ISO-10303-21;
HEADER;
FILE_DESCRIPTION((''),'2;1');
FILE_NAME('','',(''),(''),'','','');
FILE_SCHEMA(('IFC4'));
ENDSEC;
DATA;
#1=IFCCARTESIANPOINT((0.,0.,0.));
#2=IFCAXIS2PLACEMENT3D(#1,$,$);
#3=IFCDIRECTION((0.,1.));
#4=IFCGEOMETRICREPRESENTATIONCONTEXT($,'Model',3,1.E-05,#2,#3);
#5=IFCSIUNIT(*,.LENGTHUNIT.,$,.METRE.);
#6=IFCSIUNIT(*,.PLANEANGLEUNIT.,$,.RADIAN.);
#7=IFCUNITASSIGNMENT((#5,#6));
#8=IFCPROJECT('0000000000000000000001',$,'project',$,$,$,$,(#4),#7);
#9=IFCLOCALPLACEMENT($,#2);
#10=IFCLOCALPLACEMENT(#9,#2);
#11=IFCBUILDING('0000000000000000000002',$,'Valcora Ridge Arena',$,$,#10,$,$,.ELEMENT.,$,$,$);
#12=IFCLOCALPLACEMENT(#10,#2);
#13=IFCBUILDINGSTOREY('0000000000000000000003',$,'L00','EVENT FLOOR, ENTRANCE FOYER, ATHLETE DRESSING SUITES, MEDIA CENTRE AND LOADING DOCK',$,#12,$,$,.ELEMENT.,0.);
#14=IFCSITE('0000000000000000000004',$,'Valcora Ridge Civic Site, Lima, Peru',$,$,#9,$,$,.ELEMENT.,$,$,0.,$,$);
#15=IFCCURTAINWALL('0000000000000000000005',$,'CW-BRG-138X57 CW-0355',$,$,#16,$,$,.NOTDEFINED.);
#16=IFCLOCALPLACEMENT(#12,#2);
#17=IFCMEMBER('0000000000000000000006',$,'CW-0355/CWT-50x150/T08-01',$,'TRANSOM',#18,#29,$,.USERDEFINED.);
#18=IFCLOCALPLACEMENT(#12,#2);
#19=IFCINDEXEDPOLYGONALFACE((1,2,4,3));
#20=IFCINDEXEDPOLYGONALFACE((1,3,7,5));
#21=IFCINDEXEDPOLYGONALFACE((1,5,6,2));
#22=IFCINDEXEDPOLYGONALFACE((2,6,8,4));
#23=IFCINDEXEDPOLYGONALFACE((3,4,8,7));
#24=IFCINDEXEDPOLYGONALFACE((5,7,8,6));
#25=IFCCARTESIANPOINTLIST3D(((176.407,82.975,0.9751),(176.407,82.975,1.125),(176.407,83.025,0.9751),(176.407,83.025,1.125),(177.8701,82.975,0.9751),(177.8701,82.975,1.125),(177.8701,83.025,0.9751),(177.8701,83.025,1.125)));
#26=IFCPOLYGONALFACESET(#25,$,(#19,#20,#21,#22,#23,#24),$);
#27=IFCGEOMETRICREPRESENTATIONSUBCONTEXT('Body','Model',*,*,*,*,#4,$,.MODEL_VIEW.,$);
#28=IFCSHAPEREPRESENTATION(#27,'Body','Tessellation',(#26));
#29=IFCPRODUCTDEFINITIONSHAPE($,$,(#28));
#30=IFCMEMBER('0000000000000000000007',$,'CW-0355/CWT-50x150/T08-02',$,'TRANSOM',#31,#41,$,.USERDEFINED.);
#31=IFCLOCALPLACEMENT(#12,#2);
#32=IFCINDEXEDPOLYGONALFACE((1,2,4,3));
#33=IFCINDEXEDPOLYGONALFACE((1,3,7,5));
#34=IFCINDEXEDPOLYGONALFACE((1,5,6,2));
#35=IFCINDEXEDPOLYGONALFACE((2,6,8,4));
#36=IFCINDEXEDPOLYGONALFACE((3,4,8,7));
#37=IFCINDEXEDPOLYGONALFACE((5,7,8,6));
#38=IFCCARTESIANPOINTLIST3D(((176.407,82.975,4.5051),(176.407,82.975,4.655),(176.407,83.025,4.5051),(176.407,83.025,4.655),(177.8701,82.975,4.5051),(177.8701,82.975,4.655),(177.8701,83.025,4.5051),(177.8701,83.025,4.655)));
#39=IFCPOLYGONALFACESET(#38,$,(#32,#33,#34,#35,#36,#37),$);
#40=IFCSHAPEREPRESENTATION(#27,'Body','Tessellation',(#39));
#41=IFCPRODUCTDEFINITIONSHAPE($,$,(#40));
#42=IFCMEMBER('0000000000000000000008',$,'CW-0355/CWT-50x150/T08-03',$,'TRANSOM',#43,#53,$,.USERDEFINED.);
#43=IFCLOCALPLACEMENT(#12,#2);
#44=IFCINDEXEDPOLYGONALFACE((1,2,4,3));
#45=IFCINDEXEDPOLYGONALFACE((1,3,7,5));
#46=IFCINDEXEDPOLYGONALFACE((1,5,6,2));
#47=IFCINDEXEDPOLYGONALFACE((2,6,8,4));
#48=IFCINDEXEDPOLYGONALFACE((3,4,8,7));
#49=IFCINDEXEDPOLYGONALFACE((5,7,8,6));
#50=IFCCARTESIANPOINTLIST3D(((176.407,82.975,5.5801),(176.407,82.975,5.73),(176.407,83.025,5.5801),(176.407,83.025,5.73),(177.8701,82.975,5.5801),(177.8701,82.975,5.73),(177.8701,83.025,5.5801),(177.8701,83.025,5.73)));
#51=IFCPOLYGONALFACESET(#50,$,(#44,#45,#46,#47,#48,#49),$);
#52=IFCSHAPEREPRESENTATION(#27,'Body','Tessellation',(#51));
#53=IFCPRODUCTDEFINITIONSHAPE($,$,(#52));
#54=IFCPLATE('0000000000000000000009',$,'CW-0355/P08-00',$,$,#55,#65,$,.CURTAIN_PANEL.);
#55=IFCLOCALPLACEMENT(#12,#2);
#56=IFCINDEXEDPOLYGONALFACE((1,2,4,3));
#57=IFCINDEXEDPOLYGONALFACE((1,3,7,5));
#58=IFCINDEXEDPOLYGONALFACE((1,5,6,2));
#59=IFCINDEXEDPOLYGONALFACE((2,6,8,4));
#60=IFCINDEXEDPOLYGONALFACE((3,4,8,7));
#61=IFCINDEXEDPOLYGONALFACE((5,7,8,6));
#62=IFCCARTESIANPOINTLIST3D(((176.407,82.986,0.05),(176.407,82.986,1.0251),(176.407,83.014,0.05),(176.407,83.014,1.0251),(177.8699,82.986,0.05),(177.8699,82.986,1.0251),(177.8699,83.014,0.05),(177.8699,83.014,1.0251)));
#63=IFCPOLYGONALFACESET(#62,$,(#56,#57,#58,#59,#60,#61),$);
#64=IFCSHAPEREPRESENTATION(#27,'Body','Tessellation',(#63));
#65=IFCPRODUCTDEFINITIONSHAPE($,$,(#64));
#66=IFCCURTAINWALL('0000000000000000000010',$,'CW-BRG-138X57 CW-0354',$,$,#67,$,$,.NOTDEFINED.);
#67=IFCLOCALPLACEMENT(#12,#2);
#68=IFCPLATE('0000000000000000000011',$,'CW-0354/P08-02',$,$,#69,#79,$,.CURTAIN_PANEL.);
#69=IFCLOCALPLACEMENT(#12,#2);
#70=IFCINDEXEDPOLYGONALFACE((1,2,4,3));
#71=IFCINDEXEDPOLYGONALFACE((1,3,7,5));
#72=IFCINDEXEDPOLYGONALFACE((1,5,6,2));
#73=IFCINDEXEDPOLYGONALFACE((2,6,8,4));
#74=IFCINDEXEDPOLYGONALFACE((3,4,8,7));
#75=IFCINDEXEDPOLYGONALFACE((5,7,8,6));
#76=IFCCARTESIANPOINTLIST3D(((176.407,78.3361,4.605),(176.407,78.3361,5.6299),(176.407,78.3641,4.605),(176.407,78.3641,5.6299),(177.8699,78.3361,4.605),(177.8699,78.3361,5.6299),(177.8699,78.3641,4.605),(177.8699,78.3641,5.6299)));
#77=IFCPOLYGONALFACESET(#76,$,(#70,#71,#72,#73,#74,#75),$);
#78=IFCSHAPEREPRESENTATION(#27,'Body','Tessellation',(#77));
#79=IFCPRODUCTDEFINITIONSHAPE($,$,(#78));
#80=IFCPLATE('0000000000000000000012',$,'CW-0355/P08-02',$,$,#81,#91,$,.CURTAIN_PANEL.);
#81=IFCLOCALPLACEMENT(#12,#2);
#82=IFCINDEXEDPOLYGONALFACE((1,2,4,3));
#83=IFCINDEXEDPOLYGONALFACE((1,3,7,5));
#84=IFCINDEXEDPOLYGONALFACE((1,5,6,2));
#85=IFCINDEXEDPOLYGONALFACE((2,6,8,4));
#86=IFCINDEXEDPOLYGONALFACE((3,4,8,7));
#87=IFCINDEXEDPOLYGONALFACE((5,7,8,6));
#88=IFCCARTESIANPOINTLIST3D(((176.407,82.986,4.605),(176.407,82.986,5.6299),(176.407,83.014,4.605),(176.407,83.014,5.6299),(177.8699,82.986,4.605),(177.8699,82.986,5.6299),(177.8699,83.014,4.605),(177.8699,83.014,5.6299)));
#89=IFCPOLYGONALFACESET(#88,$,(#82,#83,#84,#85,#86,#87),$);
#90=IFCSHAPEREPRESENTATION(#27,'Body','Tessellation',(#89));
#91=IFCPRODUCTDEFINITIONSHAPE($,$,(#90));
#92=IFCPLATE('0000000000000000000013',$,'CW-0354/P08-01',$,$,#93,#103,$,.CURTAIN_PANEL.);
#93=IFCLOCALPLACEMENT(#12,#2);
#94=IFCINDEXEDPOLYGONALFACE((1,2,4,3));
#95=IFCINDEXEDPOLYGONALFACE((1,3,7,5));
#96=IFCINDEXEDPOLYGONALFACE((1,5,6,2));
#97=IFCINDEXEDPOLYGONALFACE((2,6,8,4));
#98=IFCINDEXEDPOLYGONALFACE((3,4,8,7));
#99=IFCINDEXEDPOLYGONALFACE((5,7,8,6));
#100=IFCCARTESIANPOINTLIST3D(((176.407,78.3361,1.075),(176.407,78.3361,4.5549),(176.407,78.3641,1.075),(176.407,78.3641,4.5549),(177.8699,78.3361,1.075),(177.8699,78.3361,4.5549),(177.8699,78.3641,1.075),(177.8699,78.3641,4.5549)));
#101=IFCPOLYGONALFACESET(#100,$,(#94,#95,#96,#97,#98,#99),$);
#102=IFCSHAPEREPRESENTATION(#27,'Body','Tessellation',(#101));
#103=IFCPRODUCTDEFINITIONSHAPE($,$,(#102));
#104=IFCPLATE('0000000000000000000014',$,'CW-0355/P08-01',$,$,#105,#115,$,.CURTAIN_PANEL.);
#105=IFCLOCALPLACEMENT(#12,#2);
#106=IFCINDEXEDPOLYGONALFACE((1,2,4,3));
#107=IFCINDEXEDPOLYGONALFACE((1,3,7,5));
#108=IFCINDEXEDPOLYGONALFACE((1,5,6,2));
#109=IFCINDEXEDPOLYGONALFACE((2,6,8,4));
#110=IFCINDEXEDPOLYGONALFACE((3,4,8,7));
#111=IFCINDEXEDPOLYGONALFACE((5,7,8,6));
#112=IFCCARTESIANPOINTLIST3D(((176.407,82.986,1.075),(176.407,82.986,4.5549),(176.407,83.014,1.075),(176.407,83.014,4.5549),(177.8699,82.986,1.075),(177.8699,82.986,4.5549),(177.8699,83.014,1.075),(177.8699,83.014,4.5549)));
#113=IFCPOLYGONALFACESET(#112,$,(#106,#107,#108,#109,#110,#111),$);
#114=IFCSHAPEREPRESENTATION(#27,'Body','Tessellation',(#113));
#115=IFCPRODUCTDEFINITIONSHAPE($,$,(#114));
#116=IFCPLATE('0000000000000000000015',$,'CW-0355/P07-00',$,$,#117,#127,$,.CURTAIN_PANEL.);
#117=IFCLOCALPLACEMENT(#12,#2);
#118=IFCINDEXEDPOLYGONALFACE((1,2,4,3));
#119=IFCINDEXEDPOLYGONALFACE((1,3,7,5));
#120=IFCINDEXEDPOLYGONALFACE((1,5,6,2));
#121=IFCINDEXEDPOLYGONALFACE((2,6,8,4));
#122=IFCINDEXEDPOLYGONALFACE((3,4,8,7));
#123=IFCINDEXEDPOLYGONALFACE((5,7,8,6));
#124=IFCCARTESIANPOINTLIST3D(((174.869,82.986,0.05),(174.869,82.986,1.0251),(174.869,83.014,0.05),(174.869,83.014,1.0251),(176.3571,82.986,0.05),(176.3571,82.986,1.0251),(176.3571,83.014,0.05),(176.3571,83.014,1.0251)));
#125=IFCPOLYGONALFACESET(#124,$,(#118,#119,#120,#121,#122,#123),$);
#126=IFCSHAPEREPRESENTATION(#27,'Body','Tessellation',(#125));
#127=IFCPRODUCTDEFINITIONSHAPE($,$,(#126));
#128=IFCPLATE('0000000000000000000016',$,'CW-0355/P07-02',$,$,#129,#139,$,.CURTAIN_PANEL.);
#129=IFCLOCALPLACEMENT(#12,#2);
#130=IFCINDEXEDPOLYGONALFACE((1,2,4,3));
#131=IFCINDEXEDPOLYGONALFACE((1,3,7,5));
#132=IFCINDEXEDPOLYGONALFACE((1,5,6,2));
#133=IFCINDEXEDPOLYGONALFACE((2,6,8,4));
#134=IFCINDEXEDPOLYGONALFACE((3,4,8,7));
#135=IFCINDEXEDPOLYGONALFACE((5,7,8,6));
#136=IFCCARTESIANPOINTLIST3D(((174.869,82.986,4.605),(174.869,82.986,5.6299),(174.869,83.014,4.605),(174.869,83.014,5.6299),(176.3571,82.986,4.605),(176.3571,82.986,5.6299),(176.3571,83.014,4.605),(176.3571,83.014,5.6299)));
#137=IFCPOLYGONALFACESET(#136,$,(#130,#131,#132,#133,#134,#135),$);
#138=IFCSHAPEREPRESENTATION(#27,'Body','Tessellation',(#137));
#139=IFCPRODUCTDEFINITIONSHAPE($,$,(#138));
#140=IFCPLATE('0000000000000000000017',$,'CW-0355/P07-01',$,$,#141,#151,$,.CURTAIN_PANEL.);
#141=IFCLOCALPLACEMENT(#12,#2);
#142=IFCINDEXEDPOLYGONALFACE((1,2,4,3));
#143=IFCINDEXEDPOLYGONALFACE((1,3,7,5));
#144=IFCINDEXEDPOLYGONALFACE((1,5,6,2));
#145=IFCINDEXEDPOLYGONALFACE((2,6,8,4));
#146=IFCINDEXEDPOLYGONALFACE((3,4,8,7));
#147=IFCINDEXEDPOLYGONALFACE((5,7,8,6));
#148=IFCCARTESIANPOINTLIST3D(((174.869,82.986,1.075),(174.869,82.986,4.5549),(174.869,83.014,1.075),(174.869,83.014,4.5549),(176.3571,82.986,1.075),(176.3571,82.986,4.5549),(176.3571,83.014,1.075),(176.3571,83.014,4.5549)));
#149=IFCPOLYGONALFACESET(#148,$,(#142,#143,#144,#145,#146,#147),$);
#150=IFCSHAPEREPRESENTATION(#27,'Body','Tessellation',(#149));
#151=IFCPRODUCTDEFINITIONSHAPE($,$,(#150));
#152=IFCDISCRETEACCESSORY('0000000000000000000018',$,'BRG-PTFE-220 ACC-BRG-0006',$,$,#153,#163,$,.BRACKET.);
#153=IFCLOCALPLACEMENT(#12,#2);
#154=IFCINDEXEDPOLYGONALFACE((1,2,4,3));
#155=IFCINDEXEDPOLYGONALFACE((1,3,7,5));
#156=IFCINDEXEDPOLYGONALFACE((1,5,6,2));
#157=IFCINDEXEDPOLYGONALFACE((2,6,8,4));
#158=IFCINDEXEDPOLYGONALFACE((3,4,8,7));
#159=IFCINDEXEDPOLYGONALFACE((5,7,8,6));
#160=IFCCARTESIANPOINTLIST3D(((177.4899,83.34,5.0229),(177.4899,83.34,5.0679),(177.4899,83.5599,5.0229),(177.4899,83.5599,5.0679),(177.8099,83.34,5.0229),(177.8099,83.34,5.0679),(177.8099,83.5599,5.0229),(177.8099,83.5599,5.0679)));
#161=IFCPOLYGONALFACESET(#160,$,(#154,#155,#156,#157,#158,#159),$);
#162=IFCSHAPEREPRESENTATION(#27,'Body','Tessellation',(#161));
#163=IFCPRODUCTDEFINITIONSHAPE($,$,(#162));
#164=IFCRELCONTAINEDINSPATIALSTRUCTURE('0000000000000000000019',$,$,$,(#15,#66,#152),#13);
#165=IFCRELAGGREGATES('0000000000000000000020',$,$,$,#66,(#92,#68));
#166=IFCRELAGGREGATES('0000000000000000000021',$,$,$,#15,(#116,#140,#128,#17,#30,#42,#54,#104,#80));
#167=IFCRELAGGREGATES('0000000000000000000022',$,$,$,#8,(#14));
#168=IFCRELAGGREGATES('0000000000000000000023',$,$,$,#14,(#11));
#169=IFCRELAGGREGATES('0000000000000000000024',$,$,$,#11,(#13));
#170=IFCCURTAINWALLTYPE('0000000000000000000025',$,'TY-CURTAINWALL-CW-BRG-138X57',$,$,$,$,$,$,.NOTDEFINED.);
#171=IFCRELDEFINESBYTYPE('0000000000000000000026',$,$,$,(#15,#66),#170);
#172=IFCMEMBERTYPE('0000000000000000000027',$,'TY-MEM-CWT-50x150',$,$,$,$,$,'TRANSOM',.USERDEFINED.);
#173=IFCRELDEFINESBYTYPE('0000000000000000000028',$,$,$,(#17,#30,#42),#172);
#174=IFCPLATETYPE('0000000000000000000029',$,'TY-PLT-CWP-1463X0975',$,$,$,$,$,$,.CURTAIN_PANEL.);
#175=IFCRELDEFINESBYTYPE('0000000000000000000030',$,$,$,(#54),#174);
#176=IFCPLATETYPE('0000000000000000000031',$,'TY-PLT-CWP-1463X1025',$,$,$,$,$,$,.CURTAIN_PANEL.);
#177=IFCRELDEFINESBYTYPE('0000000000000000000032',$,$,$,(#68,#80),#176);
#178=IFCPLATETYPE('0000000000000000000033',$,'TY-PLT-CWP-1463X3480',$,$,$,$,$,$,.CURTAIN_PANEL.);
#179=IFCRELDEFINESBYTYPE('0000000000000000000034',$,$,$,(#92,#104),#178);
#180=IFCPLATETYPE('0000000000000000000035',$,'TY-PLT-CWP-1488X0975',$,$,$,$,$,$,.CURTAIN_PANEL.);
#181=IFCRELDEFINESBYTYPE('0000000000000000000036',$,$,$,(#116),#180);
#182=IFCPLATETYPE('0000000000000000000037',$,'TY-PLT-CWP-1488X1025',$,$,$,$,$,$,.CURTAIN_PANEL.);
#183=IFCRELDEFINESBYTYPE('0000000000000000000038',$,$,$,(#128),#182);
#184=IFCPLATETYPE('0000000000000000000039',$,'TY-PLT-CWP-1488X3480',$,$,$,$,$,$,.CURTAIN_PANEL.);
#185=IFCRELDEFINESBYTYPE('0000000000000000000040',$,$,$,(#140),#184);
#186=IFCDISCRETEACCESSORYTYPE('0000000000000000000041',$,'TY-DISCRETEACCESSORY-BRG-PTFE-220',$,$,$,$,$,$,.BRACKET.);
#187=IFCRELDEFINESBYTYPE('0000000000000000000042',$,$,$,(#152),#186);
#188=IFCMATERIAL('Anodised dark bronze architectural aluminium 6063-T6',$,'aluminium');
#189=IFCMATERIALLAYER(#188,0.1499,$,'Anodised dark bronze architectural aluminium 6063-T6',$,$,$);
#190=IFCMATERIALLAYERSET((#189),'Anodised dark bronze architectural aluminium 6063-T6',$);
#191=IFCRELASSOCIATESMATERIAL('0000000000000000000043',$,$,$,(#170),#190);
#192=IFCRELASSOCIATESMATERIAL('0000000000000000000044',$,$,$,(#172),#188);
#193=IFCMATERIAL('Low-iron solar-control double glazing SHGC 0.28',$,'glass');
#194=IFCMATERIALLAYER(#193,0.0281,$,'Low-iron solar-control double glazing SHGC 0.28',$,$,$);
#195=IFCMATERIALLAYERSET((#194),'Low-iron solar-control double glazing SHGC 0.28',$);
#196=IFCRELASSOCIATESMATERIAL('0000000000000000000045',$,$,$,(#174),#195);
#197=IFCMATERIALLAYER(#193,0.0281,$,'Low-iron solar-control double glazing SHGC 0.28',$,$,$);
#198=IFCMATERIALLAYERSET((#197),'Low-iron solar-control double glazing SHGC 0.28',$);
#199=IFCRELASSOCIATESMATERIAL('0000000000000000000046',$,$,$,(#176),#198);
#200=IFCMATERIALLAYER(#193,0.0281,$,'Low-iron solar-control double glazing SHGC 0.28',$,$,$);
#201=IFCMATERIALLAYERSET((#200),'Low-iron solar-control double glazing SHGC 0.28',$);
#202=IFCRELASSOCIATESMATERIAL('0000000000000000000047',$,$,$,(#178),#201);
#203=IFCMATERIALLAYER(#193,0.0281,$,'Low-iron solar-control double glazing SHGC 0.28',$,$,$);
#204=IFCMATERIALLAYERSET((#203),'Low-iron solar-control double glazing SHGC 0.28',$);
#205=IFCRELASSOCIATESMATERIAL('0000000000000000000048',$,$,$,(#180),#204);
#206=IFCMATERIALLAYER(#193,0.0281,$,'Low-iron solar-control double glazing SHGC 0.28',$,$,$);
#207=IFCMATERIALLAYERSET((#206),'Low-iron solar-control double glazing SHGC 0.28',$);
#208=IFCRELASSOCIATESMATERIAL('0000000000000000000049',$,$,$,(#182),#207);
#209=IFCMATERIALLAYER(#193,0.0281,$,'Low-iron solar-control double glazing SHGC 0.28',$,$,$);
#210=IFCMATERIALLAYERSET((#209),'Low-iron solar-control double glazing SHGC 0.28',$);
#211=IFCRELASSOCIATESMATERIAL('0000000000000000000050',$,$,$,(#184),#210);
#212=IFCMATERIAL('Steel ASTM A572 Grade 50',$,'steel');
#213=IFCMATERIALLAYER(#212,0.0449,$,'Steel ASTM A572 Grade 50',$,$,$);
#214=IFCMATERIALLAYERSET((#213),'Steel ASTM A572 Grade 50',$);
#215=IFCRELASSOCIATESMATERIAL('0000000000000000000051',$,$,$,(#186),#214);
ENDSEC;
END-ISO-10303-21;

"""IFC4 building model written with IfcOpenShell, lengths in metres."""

from ifc_helpers import new_model, si_unit, direction, frame, origin, origin_2d, place, context, subcontext, project, spatial, rectangle, extrude, material, layer, layer_set, material_profile, profile_set, type_object, element, aggregate, save


model = new_model("IFC4")

# Units and contexts
model_context = context("Model", 3, precision=1e-05, world=origin(), true_north=direction((0.0, 1.0)))
body_context = subcontext(model_context, "Body", "Model", "MODEL_VIEW")
ifc_project = project(units=[si_unit("LENGTHUNIT", "METRE"), si_unit("PLANEANGLEUNIT", "RADIAN")], contexts=[model_context])

# Site, building, storey
site_placement = place(None, origin())
site = spatial("IfcSite", under=ifc_project, at=site_placement, Name="Valcora Ridge Civic Site, Lima, Peru", CompositionType="ELEMENT", RefElevation=0.0)
building_placement = place(site_placement, origin())
building = spatial("IfcBuilding", under=site, at=building_placement, Name="Valcora Ridge Arena", CompositionType="ELEMENT")
storey_placement = place(building_placement, origin())
storey = spatial("IfcBuildingStorey", under=building, at=storey_placement, Name="L00", Description="EVENT FLOOR, ENTRANCE FOYER, ATHLETE DRESSING SUITES, MEDIA CENTRE AND LOADING DOCK", CompositionType="ELEMENT", Elevation=0.0)

# Shared definitions
ifc_material_1 = material(Name="Steel ASTM A572 Grade 50", Category="steel")

# Curtain wall, members, plate
ifc_material_2 = material(Name="Anodised dark bronze architectural aluminium 6063-T6", Category="aluminium")
ifc_layer_1 = layer(ifc_material_2, 0.1499, Name="Anodised dark bronze architectural aluminium 6063-T6")
ifc_layer_set_1 = layer_set([ifc_layer_1], Name="Anodised dark bronze architectural aluminium 6063-T6")
curtain_wall_type = type_object("IfcCurtainWallType", Name="TY-CURTAINWALL-CW-BRG-138X57", PredefinedType="NOTDEFINED", material=ifc_layer_set_1)
curtain_wall_1_placement = place(storey_placement, origin())
curtain_wall_1 = element("IfcCurtainWall", 1, at=curtain_wall_1_placement, inside=storey, type_object=curtain_wall_type, Name="CW-BRG-138X57 CW-0355", PredefinedType="NOTDEFINED")
ifc_material_profile_1 = material_profile(ifc_material_2, rectangle(XDim=0.05, YDim=0.1499, at=origin_2d()), Name="ALU TRANSOM 50x150")
ifc_profile_set_1 = profile_set([ifc_material_profile_1], Name="Anodised dark bronze architectural aluminium 6063-T6")
member_type_1 = type_object("IfcMemberType", Name="TY-MEM-CWT-50x150", ElementType="TRANSOM", PredefinedType="USERDEFINED", material=ifc_profile_set_1)
member_1_placement = place(storey_placement, frame((176.407, 83.0, 1.05), z_axis=(1.0, 0.0, 0.0), x_axis=(0.0, 1.0, 0.0)))
member_1 = element("IfcMember", 2, at=member_1_placement, type_object=member_type_1, Name="CW-0355/CWT-50x150/T08-01", ObjectType="TRANSOM", PredefinedType="USERDEFINED", context=body_context, shape_type="SweptSolid", body=[
    extrude(rectangle(XDim=0.05, YDim=0.1499, at=origin_2d()), origin(), (0.0, 0.0, 1.0), 1.4631),
])
member_2_placement = place(storey_placement, frame((176.407, 83.0, 4.5801), z_axis=(1.0, 0.0, 0.0), x_axis=(0.0, 1.0, 0.0)))
member_2 = element("IfcMember", 3, at=member_2_placement, type_object=member_type_1, Name="CW-0355/CWT-50x150/T08-02", ObjectType="TRANSOM", PredefinedType="USERDEFINED", context=body_context, shape_type="SweptSolid", body=[
    extrude(rectangle(XDim=0.05, YDim=0.1499, at=origin_2d()), origin(), (0.0, 0.0, 1.0), 1.4631),
])
member_3_placement = place(storey_placement, frame((176.407, 83.0, 5.655), z_axis=(1.0, 0.0, 0.0), x_axis=(0.0, 1.0, 0.0)))
member_3 = element("IfcMember", 4, at=member_3_placement, type_object=member_type_1, Name="CW-0355/CWT-50x150/T08-03", ObjectType="TRANSOM", PredefinedType="USERDEFINED", context=body_context, shape_type="SweptSolid", body=[
    extrude(rectangle(XDim=0.05, YDim=0.1499, at=origin_2d()), origin(), (0.0, 0.0, 1.0), 1.4631),
])
ifc_material_3 = material(Name="Low-iron solar-control double glazing SHGC 0.28", Category="glass")
ifc_layer_2 = layer(ifc_material_3, 0.0281, Name="Low-iron solar-control double glazing SHGC 0.28")
ifc_layer_set_2 = layer_set([ifc_layer_2], Name="Low-iron solar-control double glazing SHGC 0.28")
plate_type_1 = type_object("IfcPlateType", Name="TY-PLT-CWP-1463X0975", PredefinedType="CURTAIN_PANEL", material=ifc_layer_set_2)
plate_1_placement = place(storey_placement, frame((177.1384, 83.0, 0.05), z_axis=(0.0, 0.0, 1.0), x_axis=(1.0, 0.0, 0.0)))
plate_1 = element("IfcPlate", 5, at=plate_1_placement, type_object=plate_type_1, Name="CW-0355/P08-00", PredefinedType="CURTAIN_PANEL", context=body_context, shape_type="SweptSolid", body=[
    extrude(rectangle(XDim=1.4629, YDim=0.0281, at=origin_2d()), origin(), (0.0, 0.0, 1.0), 0.9751),
])

# Curtain wall, plate
curtain_wall_2_placement = place(storey_placement, origin())
curtain_wall_2 = element("IfcCurtainWall", 6, at=curtain_wall_2_placement, inside=storey, type_object=curtain_wall_type, Name="CW-BRG-138X57 CW-0354", PredefinedType="NOTDEFINED")
ifc_layer_3 = layer(ifc_material_3, 0.0281, Name="Low-iron solar-control double glazing SHGC 0.28")
ifc_layer_set_3 = layer_set([ifc_layer_3], Name="Low-iron solar-control double glazing SHGC 0.28")
plate_type_2 = type_object("IfcPlateType", Name="TY-PLT-CWP-1463X1025", PredefinedType="CURTAIN_PANEL", material=ifc_layer_set_3)
plate_2_placement = place(storey_placement, frame((177.1384, 78.3501, 4.605), z_axis=(0.0, 0.0, 1.0), x_axis=(1.0, 0.0, 0.0)))
plate_2 = element("IfcPlate", 7, at=plate_2_placement, type_object=plate_type_2, Name="CW-0354/P08-02", PredefinedType="CURTAIN_PANEL", context=body_context, shape_type="SweptSolid", body=[
    extrude(rectangle(XDim=1.4629, YDim=0.0281, at=origin_2d()), origin(), (0.0, 0.0, 1.0), 1.0249),
])

# Plates
plate_3_placement = place(storey_placement, frame((177.1384, 83.0, 4.605), z_axis=(0.0, 0.0, 1.0), x_axis=(1.0, 0.0, 0.0)))
plate_3 = element("IfcPlate", 8, at=plate_3_placement, type_object=plate_type_2, Name="CW-0355/P08-02", PredefinedType="CURTAIN_PANEL", context=body_context, shape_type="SweptSolid", body=[
    extrude(rectangle(XDim=1.4629, YDim=0.0281, at=origin_2d()), origin(), (0.0, 0.0, 1.0), 1.0249),
])
ifc_layer_4 = layer(ifc_material_3, 0.0281, Name="Low-iron solar-control double glazing SHGC 0.28")
ifc_layer_set_4 = layer_set([ifc_layer_4], Name="Low-iron solar-control double glazing SHGC 0.28")
plate_type_3 = type_object("IfcPlateType", Name="TY-PLT-CWP-1463X3480", PredefinedType="CURTAIN_PANEL", material=ifc_layer_set_4)
plate_4_placement = place(storey_placement, frame((177.1384, 78.3501, 1.075), z_axis=(0.0, 0.0, 1.0), x_axis=(1.0, 0.0, 0.0)))
plate_4 = element("IfcPlate", 9, at=plate_4_placement, type_object=plate_type_3, Name="CW-0354/P08-01", PredefinedType="CURTAIN_PANEL", context=body_context, shape_type="SweptSolid", body=[
    extrude(rectangle(XDim=1.4629, YDim=0.0281, at=origin_2d()), origin(), (0.0, 0.0, 1.0), 3.48),
])
aggregate(curtain_wall_2, [plate_4, plate_2])
plate_5_placement = place(storey_placement, frame((177.1384, 83.0, 1.075), z_axis=(0.0, 0.0, 1.0), x_axis=(1.0, 0.0, 0.0)))
plate_5 = element("IfcPlate", 10, at=plate_5_placement, type_object=plate_type_3, Name="CW-0355/P08-01", PredefinedType="CURTAIN_PANEL", context=body_context, shape_type="SweptSolid", body=[
    extrude(rectangle(XDim=1.4629, YDim=0.0281, at=origin_2d()), origin(), (0.0, 0.0, 1.0), 3.48),
])
ifc_layer_5 = layer(ifc_material_3, 0.0281, Name="Low-iron solar-control double glazing SHGC 0.28")
ifc_layer_set_5 = layer_set([ifc_layer_5], Name="Low-iron solar-control double glazing SHGC 0.28")
plate_type_4 = type_object("IfcPlateType", Name="TY-PLT-CWP-1488X0975", PredefinedType="CURTAIN_PANEL", material=ifc_layer_set_5)
plate_6_placement = place(storey_placement, frame((175.613, 83.0, 0.05), z_axis=(0.0, 0.0, 1.0), x_axis=(1.0, 0.0, 0.0)))
plate_6 = element("IfcPlate", 11, at=plate_6_placement, type_object=plate_type_4, Name="CW-0355/P07-00", PredefinedType="CURTAIN_PANEL", context=body_context, shape_type="SweptSolid", body=[
    extrude(rectangle(XDim=1.488, YDim=0.0281, at=origin_2d()), origin(), (0.0, 0.0, 1.0), 0.9751),
])
ifc_layer_6 = layer(ifc_material_3, 0.0281, Name="Low-iron solar-control double glazing SHGC 0.28")
ifc_layer_set_6 = layer_set([ifc_layer_6], Name="Low-iron solar-control double glazing SHGC 0.28")
plate_type_5 = type_object("IfcPlateType", Name="TY-PLT-CWP-1488X1025", PredefinedType="CURTAIN_PANEL", material=ifc_layer_set_6)
plate_7_placement = place(storey_placement, frame((175.613, 83.0, 4.605), z_axis=(0.0, 0.0, 1.0), x_axis=(1.0, 0.0, 0.0)))
plate_7 = element("IfcPlate", 12, at=plate_7_placement, type_object=plate_type_5, Name="CW-0355/P07-02", PredefinedType="CURTAIN_PANEL", context=body_context, shape_type="SweptSolid", body=[
    extrude(rectangle(XDim=1.488, YDim=0.0281, at=origin_2d()), origin(), (0.0, 0.0, 1.0), 1.0249),
])
ifc_layer_7 = layer(ifc_material_3, 0.0281, Name="Low-iron solar-control double glazing SHGC 0.28")
ifc_layer_set_7 = layer_set([ifc_layer_7], Name="Low-iron solar-control double glazing SHGC 0.28")
plate_type_6 = type_object("IfcPlateType", Name="TY-PLT-CWP-1488X3480", PredefinedType="CURTAIN_PANEL", material=ifc_layer_set_7)
plate_8_placement = place(storey_placement, frame((175.613, 83.0, 1.075), z_axis=(0.0, 0.0, 1.0), x_axis=(1.0, 0.0, 0.0)))
plate_8 = element("IfcPlate", 13, at=plate_8_placement, type_object=plate_type_6, Name="CW-0355/P07-01", PredefinedType="CURTAIN_PANEL", context=body_context, shape_type="SweptSolid", body=[
    extrude(rectangle(XDim=1.488, YDim=0.0281, at=origin_2d()), origin(), (0.0, 0.0, 1.0), 3.48),
])
aggregate(curtain_wall_1, [plate_6, plate_8, plate_7, member_1, member_2, member_3, plate_1, plate_5, plate_3])

# Discrete accessory
ifc_layer_8 = layer(ifc_material_1, 0.0449, Name="Steel ASTM A572 Grade 50")
ifc_layer_set_8 = layer_set([ifc_layer_8], Name="Steel ASTM A572 Grade 50")
discrete_accessory_type = type_object("IfcDiscreteAccessoryType", Name="TY-DISCRETEACCESSORY-BRG-PTFE-220", PredefinedType="BRACKET", material=ifc_layer_set_8)
discrete_accessory_placement = place(storey_placement, frame((177.6499, 83.45, 5.0229), z_axis=(0.0, 0.0, 1.0), x_axis=(1.0, 0.0, 0.0)))
element("IfcDiscreteAccessory", 14, at=discrete_accessory_placement, inside=storey, type_object=discrete_accessory_type, Name="BRG-PTFE-220 ACC-BRG-0006", PredefinedType="BRACKET", context=body_context, shape_type="SweptSolid", body=[
    extrude(rectangle(XDim=0.3201, YDim=0.22, at=origin_2d()), origin(), (0.0, 0.0, 1.0), 0.0449),
])

save(model, "model.ifc")
